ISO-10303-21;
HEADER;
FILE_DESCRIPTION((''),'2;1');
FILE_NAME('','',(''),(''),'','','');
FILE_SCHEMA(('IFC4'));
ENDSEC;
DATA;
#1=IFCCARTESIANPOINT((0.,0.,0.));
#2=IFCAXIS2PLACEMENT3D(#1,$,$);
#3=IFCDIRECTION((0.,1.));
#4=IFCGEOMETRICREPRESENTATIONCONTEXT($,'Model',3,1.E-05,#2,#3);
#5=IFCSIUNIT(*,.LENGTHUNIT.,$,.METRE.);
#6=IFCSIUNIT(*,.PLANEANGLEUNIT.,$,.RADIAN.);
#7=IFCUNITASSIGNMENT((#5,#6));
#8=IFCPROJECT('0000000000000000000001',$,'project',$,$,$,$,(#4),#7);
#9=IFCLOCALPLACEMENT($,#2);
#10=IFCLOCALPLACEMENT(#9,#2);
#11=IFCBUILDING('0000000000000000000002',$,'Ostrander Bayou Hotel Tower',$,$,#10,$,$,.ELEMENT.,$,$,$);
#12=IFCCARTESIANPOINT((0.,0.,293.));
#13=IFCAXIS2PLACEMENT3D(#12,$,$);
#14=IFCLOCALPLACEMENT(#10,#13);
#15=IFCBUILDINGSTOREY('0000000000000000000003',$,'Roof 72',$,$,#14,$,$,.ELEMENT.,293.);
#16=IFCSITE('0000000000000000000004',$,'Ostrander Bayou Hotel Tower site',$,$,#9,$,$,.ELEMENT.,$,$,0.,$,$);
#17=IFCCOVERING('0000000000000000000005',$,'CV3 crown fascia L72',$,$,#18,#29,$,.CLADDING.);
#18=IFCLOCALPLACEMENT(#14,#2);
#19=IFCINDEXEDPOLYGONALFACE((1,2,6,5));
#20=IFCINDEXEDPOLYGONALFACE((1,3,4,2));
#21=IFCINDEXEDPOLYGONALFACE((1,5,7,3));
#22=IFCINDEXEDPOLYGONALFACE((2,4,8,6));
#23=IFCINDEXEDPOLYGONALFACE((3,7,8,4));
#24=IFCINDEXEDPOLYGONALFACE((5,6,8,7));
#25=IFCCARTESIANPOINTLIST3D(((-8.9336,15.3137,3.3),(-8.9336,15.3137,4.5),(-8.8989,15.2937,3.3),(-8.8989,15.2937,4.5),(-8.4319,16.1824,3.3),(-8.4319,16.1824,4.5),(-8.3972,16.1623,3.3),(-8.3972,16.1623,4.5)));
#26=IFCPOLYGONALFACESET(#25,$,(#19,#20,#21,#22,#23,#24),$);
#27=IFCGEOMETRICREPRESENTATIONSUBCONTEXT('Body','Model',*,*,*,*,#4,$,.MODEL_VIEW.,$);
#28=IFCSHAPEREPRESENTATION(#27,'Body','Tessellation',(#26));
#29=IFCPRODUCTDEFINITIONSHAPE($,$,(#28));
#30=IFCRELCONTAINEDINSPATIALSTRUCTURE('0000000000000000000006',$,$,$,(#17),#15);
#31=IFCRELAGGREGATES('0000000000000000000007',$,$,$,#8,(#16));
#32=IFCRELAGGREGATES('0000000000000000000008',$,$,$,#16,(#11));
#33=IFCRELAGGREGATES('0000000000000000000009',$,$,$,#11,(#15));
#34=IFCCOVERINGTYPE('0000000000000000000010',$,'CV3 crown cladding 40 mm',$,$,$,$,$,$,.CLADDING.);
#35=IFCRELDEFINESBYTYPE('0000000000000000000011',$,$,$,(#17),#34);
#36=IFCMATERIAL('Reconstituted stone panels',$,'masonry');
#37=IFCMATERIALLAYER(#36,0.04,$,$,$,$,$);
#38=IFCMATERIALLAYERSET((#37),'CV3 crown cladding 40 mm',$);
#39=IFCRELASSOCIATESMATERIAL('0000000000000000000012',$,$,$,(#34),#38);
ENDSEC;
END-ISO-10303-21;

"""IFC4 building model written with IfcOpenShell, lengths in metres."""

from ifc_helpers import new_model, si_unit, direction, frame, origin, place, context, subcontext, project, spatial, polyline, outline, extrude, material, layer, layer_set, type_object, element, save


model = new_model("IFC4")

# Units and contexts
model_context = context("Model", 3, precision=1e-05, world=origin(), true_north=direction((0.0, 1.0)))
body_context = subcontext(model_context, "Body", "Model", "MODEL_VIEW")
ifc_project = project(units=[si_unit("LENGTHUNIT", "METRE"), si_unit("PLANEANGLEUNIT", "RADIAN")], contexts=[model_context])

# Site, building, storey
site_placement = place(None, origin())
site = spatial("IfcSite", under=ifc_project, at=site_placement, Name="Ostrander Bayou Hotel Tower site", CompositionType="ELEMENT", RefElevation=0.0)
building_placement = place(site_placement, origin())
building = spatial("IfcBuilding", under=site, at=building_placement, Name="Ostrander Bayou Hotel Tower", CompositionType="ELEMENT")
storey_placement = place(building_placement, frame((0.0, 0.0, 293.0)))
storey = spatial("IfcBuildingStorey", under=building, at=storey_placement, Name="Roof 72", CompositionType="ELEMENT", Elevation=293.0)

# Covering
ifc_material_1 = material(Name="Reconstituted stone panels", Category="masonry")
ifc_layer_1 = layer(ifc_material_1, 0.04)
ifc_layer_set_1 = layer_set([ifc_layer_1], Name="CV3 crown cladding 40 mm")
covering_type = type_object("IfcCoveringType", Name="CV3 crown cladding 40 mm", PredefinedType="CLADDING", material=ifc_layer_set_1)
covering_1_placement = place(storey_placement, frame((-8.4319, 16.1824, 3.3), z_axis=(-0.865942, 0.500144, 0.0), x_axis=(-0.500144, -0.865942, 0.0)))
element("IfcCovering", 1, at=covering_1_placement, inside=storey, type_object=covering_type, Name="CV3 crown fascia L72", PredefinedType="CLADDING", context=body_context, shape_type="SweptSolid", body=[
    extrude(outline(polyline([(0.0, 0.0), (1.0031, 0.0), (1.0031, 1.2), (0.0, 1.2), (0.0, 0.0)])), origin(), (0.0, 0.0, -1.0), 0.04),
])

save(model, "model.ifc")
